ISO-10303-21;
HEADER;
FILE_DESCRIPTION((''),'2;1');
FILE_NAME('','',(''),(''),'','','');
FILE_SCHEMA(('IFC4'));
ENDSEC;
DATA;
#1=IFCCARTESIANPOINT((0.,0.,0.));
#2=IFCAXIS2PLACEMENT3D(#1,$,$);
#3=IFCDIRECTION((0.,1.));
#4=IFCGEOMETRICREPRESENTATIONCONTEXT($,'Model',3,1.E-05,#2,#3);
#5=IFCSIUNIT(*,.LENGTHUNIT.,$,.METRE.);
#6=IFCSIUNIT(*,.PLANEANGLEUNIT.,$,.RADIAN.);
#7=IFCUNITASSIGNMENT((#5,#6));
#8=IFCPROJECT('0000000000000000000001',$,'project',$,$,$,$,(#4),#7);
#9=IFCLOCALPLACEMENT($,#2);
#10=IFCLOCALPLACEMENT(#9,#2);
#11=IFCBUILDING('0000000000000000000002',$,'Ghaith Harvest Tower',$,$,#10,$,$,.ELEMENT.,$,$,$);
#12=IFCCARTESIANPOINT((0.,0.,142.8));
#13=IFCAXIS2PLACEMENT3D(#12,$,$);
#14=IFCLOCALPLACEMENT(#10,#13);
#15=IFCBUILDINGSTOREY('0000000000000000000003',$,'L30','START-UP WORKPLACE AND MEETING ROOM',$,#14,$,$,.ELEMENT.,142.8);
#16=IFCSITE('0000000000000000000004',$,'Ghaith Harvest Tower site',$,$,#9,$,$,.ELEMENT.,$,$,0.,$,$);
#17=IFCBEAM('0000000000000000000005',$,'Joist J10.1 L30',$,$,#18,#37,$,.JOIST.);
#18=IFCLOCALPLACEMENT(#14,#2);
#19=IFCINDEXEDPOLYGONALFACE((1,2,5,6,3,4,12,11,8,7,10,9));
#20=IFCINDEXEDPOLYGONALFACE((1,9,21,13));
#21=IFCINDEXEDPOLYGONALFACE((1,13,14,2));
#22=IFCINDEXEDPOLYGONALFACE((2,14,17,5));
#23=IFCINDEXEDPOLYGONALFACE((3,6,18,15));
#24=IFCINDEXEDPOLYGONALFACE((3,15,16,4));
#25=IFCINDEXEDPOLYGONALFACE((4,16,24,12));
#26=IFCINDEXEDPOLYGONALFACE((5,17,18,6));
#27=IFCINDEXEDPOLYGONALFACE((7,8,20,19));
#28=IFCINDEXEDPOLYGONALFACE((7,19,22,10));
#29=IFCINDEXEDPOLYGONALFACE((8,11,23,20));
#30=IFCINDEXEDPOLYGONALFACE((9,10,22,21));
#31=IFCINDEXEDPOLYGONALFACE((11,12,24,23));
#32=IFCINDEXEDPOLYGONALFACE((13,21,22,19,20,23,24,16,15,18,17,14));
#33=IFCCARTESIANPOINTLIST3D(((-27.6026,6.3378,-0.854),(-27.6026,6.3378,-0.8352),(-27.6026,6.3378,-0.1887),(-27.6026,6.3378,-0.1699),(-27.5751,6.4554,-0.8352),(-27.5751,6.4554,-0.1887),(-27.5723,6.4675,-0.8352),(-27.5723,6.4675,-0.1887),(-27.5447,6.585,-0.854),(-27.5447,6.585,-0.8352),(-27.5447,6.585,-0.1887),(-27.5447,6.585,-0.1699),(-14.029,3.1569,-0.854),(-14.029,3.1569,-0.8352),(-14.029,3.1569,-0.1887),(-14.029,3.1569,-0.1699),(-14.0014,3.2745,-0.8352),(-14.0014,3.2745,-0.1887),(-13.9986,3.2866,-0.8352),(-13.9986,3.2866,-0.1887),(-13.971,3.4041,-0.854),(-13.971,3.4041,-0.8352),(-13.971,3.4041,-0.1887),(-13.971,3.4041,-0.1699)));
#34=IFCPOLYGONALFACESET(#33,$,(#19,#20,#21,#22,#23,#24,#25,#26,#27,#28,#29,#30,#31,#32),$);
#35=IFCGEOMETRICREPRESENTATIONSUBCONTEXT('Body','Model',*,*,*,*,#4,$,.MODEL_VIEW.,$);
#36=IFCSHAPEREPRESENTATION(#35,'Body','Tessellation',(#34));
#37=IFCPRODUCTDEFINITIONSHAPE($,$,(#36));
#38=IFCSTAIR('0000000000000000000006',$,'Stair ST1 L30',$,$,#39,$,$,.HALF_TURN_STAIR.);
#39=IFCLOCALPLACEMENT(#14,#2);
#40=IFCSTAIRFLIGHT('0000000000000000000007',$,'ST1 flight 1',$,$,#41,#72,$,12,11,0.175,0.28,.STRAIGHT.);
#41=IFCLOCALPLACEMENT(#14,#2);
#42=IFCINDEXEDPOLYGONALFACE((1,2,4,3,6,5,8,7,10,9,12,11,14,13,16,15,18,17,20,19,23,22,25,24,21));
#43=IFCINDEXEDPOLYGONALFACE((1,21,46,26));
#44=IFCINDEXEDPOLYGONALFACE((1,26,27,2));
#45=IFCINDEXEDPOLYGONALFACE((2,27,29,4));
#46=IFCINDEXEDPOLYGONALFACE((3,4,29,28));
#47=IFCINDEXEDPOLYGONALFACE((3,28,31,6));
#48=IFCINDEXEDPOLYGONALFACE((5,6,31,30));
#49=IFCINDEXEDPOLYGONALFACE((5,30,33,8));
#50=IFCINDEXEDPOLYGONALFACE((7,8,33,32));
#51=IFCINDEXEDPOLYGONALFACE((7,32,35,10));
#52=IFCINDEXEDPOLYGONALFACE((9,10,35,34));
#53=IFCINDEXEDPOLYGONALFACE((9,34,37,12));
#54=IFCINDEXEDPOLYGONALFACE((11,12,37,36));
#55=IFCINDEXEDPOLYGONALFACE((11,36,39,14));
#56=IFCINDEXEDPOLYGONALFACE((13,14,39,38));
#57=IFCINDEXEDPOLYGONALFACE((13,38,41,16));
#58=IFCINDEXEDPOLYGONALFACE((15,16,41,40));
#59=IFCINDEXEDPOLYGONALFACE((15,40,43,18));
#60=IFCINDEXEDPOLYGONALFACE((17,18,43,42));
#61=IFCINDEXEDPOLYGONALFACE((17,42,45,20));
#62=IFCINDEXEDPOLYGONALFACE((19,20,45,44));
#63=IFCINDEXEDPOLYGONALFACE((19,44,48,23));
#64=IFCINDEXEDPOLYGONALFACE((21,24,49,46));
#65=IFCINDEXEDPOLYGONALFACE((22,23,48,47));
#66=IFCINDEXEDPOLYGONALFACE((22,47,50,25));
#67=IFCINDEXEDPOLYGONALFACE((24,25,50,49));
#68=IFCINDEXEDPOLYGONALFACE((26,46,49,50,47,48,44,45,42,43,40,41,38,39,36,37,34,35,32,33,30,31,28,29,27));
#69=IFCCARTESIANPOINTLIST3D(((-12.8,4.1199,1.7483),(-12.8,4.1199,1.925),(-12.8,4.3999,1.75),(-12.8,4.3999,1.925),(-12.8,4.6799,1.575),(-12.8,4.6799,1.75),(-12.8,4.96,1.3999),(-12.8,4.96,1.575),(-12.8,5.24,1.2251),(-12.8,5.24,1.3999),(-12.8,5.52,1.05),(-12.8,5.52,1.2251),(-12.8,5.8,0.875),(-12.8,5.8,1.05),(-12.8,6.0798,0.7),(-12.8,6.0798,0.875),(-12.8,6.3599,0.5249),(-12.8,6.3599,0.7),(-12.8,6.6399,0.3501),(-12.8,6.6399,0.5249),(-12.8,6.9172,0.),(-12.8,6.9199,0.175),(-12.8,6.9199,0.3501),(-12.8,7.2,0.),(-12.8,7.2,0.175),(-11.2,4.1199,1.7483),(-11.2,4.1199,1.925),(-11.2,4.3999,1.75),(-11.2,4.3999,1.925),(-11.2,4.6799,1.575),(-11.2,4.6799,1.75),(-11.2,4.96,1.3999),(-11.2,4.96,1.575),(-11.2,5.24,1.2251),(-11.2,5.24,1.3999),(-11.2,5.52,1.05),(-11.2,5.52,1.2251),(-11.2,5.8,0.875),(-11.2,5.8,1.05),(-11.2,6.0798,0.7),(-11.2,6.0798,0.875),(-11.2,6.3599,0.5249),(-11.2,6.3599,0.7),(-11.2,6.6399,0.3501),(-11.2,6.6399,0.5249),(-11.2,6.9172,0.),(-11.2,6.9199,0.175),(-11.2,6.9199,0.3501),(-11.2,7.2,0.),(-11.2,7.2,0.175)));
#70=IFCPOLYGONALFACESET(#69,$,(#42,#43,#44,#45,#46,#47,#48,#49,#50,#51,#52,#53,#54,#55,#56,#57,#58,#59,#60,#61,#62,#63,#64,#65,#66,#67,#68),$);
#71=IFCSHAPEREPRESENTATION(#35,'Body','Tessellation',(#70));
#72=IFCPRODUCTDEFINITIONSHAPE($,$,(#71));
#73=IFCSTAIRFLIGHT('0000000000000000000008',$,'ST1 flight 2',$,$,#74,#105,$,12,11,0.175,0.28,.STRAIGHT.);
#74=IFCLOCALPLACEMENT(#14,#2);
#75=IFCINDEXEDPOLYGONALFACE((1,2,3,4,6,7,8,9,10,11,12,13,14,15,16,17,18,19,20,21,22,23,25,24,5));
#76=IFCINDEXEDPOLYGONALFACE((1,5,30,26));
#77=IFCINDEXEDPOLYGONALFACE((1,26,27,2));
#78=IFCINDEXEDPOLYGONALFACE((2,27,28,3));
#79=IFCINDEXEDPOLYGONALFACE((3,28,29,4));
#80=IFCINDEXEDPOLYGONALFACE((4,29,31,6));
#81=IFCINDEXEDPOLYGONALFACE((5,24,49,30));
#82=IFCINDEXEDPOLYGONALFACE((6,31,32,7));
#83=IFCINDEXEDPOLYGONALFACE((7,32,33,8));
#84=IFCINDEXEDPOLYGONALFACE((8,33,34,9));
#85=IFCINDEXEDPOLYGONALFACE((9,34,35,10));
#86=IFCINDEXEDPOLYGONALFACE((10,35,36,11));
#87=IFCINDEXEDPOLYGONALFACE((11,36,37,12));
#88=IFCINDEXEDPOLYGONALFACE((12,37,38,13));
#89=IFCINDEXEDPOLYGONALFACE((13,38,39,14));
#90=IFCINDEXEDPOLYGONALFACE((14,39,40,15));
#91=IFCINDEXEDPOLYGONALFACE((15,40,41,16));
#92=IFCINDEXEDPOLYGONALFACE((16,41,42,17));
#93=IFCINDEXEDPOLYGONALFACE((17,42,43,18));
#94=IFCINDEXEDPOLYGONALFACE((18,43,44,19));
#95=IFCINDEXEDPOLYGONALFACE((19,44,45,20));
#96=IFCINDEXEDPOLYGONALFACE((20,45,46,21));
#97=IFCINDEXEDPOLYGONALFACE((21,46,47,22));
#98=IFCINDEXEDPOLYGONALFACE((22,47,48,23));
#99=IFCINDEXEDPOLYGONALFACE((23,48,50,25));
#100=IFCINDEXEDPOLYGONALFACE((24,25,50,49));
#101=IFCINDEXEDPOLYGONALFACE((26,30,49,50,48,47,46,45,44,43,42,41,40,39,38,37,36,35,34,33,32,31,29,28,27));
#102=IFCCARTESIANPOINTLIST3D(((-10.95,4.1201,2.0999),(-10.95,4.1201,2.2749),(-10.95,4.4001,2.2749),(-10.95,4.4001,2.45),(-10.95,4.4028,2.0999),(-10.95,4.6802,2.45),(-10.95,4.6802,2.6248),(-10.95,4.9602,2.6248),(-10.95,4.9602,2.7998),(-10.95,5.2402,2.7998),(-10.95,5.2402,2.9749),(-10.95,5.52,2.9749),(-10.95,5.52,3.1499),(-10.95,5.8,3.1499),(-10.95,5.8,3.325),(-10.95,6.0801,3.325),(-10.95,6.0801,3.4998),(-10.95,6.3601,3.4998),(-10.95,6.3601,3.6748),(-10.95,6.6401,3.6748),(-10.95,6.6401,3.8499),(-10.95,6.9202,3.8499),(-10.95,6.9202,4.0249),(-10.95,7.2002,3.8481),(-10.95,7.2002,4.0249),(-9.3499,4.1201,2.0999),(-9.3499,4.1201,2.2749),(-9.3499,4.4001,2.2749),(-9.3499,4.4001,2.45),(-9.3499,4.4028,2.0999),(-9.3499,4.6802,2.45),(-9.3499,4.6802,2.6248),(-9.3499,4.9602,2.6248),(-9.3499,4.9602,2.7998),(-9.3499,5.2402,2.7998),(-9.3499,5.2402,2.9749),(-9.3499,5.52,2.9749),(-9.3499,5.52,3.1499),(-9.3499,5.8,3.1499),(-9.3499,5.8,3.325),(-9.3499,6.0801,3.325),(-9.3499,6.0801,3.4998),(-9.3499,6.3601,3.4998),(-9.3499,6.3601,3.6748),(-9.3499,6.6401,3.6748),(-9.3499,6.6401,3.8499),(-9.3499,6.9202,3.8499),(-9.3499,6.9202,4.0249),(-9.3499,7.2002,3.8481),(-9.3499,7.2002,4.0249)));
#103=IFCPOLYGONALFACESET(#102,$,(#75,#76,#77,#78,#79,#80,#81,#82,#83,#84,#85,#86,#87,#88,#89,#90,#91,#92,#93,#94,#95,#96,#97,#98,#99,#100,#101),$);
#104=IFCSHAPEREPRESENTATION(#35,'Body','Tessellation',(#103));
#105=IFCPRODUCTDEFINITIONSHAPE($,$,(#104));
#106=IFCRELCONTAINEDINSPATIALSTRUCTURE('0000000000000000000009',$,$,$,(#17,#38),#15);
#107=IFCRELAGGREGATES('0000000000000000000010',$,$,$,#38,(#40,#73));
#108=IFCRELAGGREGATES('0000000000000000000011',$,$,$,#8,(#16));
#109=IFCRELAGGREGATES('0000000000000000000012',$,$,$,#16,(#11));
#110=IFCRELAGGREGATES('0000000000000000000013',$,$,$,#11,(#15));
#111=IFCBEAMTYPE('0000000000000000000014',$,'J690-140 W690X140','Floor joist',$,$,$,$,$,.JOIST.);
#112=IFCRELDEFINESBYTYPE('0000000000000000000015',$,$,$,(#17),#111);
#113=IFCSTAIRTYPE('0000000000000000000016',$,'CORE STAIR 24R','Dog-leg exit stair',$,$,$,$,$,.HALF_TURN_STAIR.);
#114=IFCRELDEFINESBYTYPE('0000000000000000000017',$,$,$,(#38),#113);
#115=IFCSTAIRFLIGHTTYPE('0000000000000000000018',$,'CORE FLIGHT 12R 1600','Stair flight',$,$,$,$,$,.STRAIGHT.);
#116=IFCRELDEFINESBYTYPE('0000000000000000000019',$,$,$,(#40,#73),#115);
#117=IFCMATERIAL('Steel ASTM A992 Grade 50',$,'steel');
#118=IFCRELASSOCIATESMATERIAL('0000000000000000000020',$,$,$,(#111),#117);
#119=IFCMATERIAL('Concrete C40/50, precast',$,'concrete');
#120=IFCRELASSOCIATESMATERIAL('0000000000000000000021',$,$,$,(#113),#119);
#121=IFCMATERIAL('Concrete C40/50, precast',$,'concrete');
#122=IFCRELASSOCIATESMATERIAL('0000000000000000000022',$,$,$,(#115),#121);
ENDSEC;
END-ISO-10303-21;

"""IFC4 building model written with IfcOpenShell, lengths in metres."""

from ifc_helpers import new_model, si_unit, direction, frame, origin, origin_2d, place, context, subcontext, project, spatial, polyline, i_section, outline, extrude, material, material_profile, profile_set, type_object, element, aggregate, save


model = new_model("IFC4")

# Units and contexts
model_context = context("Model", 3, precision=1e-05, world=origin(), true_north=direction((0.0, 1.0)))
body_context = subcontext(model_context, "Body", "Model", "MODEL_VIEW")
ifc_project = project(units=[si_unit("LENGTHUNIT", "METRE"), si_unit("PLANEANGLEUNIT", "RADIAN")], contexts=[model_context])

# Site, building, storey
site_placement = place(None, origin())
site = spatial("IfcSite", under=ifc_project, at=site_placement, Name="Ghaith Harvest Tower site", CompositionType="ELEMENT", RefElevation=0.0)
building_placement = place(site_placement, origin())
building = spatial("IfcBuilding", under=site, at=building_placement, Name="Ghaith Harvest Tower", CompositionType="ELEMENT")
storey_placement = place(building_placement, frame((0.0, 0.0, 142.8)))
storey = spatial("IfcBuildingStorey", under=building, at=storey_placement, Name="L30", Description="START-UP WORKPLACE AND MEETING ROOM", CompositionType="ELEMENT", Elevation=142.8)

# Beam
ifc_material_1 = material(Name="Steel ASTM A992 Grade 50", Category="steel")
ifc_material_profile_1 = material_profile(ifc_material_1, i_section(OverallWidth=0.2539, OverallDepth=0.6841, WebThickness=0.0125, FlangeThickness=0.0188, at=origin_2d()), Name="W690X140")
ifc_profile_set_1 = profile_set([ifc_material_profile_1], Name="Steel ASTM A992 Grade 50")
beam_type_1 = type_object("IfcBeamType", Name="J690-140 W690X140", Description="Floor joist", PredefinedType="JOIST", material=ifc_profile_set_1)
beam_1_placement = place(storey_placement, frame((-14.0, 3.2805, -0.512), z_axis=(-0.973623, 0.228162, 0.0), x_axis=(-0.228162, -0.973623, 0.0)))
element("IfcBeam", 1, at=beam_1_placement, inside=storey, type_object=beam_type_1, Name="Joist J10.1 L30", PredefinedType="JOIST", context=body_context, shape_type="SweptSolid", body=[
    extrude(i_section(OverallWidth=0.2539, OverallDepth=0.6841, WebThickness=0.0125, FlangeThickness=0.0188, at=origin_2d()), origin(), (0.0, 0.0, 1.0), 13.9414),
])

# Stair, stair flights
ifc_material_2 = material(Name="Concrete C40/50, precast", Category="concrete")
stair_type = type_object("IfcStairType", Name="CORE STAIR 24R", Description="Dog-leg exit stair", PredefinedType="HALF_TURN_STAIR", material=ifc_material_2)
stair_placement = place(storey_placement, origin())
stair = element("IfcStair", 2, at=stair_placement, inside=storey, type_object=stair_type, Name="Stair ST1 L30", PredefinedType="HALF_TURN_STAIR")
ifc_material_3 = material(Name="Concrete C40/50, precast", Category="concrete")
stair_flight_type = type_object("IfcStairFlightType", Name="CORE FLIGHT 12R 1600", Description="Stair flight", PredefinedType="STRAIGHT", material=ifc_material_3)
stair_flight_1_placement = place(storey_placement, frame((-12.0, 7.2, 0.0), z_axis=(0.0, 0.0, 1.0), x_axis=(0.0, -1.0, 0.0)))
stair_flight_1 = element("IfcStairFlight", 3, at=stair_flight_1_placement, type_object=stair_flight_type, Name="ST1 flight 1", NumberOfRisers=12, NumberOfTreads=11, PredefinedType="STRAIGHT", RiserHeight=0.175, TreadLength=0.28, context=body_context, shape_type="SweptSolid", body=[
    extrude(outline(polyline([(0.0, 0.0), (0.0, 0.175), (0.28, 0.175), (0.28, 0.3501), (0.5601, 0.3501), (0.5601, 0.5249), (0.8401, 0.5249), (0.8401, 0.7), (1.1201, 0.7), (1.1201, 0.875), (1.3999, 0.875), (1.3999, 1.05), (1.6799, 1.05), (1.6799, 1.2251), (1.96, 1.2251), (1.96, 1.3999), (2.24, 1.3999), (2.24, 1.575), (2.52, 1.575), (2.52, 1.75), (2.8, 1.75), (2.8, 1.925), (3.0801, 1.925), (3.0801, 2.1001), (3.0801, 1.7483), (0.2827, 0.0), (0.0, 0.0)])), frame((0.0, 0.8, 0.0), z_axis=(0.0, -1.0, 0.0), x_axis=(1.0, 0.0, 0.0)), (0.0, 0.0, 1.0), 1.6001),
])
stair_flight_2_placement = place(storey_placement, frame((-10.1499, 4.1201, 2.0999), z_axis=(0.0, 0.0, 1.0), x_axis=(0.0, 1.0, 0.0)))
stair_flight_2 = element("IfcStairFlight", 4, at=stair_flight_2_placement, type_object=stair_flight_type, Name="ST1 flight 2", NumberOfRisers=12, NumberOfTreads=11, PredefinedType="STRAIGHT", RiserHeight=0.175, TreadLength=0.28, context=body_context, shape_type="SweptSolid", body=[
    extrude(outline(polyline([(0.0, 0.0), (0.0, 0.175), (0.28, 0.175), (0.28, 0.3501), (0.5601, 0.3501), (0.5601, 0.5249), (0.8401, 0.5249), (0.8401, 0.7), (1.1201, 0.7), (1.1201, 0.875), (1.3999, 0.875), (1.3999, 1.05), (1.6799, 1.05), (1.6799, 1.2251), (1.96, 1.2251), (1.96, 1.3999), (2.24, 1.3999), (2.24, 1.575), (2.52, 1.575), (2.52, 1.75), (2.8, 1.75), (2.8, 1.925), (3.0801, 1.925), (3.0801, 2.1001), (3.0801, 1.7483), (0.2827, 0.0), (0.0, 0.0)])), frame((0.0, 0.8, 0.0), z_axis=(0.0, -1.0, 0.0), x_axis=(1.0, 0.0, 0.0)), (0.0, 0.0, 1.0), 1.6001),
])
aggregate(stair, [stair_flight_1, stair_flight_2])

save(model, "model.ifc")
